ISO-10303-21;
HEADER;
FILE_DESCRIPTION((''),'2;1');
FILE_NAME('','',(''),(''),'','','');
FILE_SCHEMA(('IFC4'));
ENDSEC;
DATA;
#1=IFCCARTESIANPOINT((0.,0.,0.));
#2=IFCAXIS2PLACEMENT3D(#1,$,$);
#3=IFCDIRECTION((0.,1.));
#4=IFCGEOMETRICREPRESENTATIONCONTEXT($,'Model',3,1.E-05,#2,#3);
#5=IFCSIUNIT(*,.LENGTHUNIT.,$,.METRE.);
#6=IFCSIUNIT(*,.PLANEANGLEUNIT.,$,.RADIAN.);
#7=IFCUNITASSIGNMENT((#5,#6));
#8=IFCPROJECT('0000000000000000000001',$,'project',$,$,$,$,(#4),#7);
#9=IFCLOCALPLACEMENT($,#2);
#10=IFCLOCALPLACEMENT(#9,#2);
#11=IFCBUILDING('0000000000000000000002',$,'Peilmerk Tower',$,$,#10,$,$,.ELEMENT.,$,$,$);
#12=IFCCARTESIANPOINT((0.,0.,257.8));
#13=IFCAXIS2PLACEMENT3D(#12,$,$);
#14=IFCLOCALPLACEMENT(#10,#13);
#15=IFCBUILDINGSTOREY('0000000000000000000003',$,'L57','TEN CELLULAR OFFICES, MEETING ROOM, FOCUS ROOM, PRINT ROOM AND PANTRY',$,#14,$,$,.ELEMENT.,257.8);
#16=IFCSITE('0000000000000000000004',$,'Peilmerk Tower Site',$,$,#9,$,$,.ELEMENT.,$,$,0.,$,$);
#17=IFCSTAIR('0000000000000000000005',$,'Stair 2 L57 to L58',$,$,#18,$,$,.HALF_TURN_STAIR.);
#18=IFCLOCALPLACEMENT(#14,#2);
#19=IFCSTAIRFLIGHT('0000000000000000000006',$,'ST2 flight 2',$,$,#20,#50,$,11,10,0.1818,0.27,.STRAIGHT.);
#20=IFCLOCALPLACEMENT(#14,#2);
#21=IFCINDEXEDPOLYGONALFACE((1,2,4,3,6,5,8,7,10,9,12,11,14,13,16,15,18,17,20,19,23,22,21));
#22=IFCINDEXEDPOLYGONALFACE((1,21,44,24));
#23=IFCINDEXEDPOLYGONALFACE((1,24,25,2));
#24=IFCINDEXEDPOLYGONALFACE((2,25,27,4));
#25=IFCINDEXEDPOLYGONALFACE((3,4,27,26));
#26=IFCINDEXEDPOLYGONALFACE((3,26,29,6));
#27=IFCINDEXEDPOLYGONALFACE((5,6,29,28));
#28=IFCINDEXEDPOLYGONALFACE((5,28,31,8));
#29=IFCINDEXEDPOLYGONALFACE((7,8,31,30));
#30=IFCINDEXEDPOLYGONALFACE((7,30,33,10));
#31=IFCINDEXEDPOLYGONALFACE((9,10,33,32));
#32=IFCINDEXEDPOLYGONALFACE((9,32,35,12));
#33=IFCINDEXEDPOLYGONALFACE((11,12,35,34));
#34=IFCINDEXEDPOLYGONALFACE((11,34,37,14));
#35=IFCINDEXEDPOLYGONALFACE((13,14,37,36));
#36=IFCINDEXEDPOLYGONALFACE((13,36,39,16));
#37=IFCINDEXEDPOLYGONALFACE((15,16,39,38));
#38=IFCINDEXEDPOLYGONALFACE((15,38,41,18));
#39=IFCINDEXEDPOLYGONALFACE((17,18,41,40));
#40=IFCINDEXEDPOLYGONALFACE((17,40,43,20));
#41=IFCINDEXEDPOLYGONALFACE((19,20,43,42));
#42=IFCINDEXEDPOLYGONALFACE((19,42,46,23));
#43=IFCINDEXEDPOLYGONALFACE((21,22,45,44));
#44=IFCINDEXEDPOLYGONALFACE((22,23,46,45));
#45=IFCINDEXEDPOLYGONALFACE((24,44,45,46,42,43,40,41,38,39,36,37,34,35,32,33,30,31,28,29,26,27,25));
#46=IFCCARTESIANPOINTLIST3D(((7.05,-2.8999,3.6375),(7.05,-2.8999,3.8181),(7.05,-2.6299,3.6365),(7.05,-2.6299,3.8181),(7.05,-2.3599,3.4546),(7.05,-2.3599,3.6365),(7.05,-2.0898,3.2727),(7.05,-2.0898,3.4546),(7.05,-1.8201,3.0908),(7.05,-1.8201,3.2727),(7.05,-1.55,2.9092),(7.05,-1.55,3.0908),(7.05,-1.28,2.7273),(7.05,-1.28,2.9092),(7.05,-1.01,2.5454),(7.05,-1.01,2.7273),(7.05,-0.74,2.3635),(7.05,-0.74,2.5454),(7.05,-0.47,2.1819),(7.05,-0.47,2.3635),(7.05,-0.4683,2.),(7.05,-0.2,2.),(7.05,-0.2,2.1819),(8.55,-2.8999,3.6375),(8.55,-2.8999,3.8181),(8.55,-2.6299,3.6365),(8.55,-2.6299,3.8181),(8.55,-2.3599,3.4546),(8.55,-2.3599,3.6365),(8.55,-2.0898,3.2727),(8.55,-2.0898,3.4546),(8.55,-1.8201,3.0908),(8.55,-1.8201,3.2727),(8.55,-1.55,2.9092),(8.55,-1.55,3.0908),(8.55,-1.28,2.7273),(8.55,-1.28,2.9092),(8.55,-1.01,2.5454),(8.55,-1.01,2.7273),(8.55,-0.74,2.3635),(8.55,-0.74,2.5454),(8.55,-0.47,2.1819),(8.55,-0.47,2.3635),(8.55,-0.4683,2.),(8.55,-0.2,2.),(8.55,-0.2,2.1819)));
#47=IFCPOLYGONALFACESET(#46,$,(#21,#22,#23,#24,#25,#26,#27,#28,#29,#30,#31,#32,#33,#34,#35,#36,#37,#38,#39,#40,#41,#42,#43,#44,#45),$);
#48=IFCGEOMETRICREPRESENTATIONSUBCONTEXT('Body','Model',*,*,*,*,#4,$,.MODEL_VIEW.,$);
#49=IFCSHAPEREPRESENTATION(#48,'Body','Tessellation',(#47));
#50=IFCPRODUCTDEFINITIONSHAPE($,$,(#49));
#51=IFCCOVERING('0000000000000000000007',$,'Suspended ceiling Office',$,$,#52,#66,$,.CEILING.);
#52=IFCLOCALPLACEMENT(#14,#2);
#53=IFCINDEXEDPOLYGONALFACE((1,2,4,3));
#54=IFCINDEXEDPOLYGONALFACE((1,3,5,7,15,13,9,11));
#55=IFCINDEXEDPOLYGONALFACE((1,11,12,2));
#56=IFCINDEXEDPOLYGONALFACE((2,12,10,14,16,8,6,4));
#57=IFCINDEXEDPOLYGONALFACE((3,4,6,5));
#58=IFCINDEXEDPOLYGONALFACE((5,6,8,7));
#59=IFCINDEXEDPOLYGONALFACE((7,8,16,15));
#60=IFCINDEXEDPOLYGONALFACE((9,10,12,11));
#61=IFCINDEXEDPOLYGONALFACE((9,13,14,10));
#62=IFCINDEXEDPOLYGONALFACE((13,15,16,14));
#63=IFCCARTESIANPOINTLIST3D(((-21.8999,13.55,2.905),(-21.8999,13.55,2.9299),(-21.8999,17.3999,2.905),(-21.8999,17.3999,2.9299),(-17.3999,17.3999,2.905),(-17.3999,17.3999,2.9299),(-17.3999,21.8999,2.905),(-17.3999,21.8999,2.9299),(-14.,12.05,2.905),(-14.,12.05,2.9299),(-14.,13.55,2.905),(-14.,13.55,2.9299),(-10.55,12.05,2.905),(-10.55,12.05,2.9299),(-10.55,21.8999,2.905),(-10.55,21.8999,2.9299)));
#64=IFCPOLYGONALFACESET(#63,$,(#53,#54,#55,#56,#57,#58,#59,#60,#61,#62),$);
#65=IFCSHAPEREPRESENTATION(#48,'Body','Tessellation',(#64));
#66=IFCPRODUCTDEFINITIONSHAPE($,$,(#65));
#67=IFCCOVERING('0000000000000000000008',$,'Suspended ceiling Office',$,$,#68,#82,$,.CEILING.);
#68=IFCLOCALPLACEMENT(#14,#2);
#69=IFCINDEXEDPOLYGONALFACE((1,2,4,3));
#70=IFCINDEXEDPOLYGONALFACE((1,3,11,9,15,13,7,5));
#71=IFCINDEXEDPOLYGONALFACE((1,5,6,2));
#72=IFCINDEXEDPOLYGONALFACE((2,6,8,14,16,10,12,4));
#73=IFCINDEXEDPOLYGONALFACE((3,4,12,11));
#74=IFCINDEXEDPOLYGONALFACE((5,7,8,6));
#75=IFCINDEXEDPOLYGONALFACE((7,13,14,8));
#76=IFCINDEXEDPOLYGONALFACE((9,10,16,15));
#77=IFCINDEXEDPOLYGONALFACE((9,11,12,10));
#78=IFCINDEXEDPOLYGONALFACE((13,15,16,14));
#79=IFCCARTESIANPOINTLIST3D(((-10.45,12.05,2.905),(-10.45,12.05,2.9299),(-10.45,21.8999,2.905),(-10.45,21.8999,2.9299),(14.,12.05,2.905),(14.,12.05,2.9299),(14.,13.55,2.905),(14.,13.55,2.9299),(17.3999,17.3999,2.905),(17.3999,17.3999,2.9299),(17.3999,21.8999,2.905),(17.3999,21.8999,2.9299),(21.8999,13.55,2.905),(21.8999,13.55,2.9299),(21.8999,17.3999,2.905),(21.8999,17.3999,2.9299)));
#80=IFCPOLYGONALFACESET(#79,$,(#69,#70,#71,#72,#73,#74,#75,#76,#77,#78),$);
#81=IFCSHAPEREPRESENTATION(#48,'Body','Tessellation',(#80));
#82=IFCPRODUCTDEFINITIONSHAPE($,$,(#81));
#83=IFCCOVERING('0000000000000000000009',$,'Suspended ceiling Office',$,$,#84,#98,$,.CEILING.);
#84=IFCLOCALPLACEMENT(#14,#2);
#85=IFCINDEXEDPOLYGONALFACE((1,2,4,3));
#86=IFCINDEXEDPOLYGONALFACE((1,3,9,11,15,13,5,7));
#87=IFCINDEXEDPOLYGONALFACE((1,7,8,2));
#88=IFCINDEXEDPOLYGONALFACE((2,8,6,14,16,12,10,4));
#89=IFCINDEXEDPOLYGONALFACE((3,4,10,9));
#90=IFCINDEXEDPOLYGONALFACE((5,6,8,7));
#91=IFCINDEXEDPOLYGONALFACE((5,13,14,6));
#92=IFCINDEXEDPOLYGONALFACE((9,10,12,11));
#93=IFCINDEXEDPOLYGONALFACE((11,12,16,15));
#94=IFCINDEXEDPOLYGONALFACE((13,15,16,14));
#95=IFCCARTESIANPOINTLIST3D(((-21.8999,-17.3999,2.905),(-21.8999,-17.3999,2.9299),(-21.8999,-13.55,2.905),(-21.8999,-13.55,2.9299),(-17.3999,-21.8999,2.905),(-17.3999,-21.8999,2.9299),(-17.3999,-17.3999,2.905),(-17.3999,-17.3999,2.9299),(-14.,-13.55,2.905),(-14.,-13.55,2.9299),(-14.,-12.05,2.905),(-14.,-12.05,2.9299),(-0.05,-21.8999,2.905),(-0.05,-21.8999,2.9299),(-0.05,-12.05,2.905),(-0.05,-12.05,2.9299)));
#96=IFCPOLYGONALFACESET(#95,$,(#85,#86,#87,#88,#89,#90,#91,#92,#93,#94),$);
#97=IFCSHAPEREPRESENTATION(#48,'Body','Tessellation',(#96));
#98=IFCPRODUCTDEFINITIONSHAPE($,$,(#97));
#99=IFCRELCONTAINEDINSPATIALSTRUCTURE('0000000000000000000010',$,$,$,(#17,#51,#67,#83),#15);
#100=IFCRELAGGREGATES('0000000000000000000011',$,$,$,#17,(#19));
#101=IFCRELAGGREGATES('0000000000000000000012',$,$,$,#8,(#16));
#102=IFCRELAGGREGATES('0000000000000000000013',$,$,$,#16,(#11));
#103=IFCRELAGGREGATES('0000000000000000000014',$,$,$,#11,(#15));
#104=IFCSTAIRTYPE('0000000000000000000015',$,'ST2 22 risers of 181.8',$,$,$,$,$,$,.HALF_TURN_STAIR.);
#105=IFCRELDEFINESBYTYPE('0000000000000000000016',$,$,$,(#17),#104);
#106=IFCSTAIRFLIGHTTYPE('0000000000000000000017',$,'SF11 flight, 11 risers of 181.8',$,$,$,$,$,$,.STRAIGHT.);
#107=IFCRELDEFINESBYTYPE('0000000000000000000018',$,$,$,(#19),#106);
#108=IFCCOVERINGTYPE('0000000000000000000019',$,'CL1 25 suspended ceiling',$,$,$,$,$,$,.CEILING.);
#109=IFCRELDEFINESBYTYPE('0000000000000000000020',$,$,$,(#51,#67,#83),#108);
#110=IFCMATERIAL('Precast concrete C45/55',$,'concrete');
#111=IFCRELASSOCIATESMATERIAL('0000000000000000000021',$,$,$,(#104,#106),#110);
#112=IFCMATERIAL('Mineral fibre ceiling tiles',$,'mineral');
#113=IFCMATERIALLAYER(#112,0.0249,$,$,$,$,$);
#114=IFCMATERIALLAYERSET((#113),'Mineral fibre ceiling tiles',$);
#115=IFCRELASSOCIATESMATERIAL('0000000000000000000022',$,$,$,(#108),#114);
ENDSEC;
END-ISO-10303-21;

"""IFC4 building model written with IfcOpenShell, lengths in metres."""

from ifc_helpers import new_model, si_unit, direction, frame, origin, place, context, subcontext, project, spatial, polyline, outline, extrude, material, layer, layer_set, type_object, element, aggregate, save


model = new_model("IFC4")

# Units and contexts
model_context = context("Model", 3, precision=1e-05, world=origin(), true_north=direction((0.0, 1.0)))
body_context = subcontext(model_context, "Body", "Model", "MODEL_VIEW")
ifc_project = project(units=[si_unit("LENGTHUNIT", "METRE"), si_unit("PLANEANGLEUNIT", "RADIAN")], contexts=[model_context])

# Site, building, storey
site_placement = place(None, origin())
site = spatial("IfcSite", under=ifc_project, at=site_placement, Name="Peilmerk Tower Site", CompositionType="ELEMENT", RefElevation=0.0)
building_placement = place(site_placement, origin())
building = spatial("IfcBuilding", under=site, at=building_placement, Name="Peilmerk Tower", CompositionType="ELEMENT")
storey_placement = place(building_placement, frame((0.0, 0.0, 257.8)))
storey = spatial("IfcBuildingStorey", under=building, at=storey_placement, Name="L57", Description="TEN CELLULAR OFFICES, MEETING ROOM, FOCUS ROOM, PRINT ROOM AND PANTRY", CompositionType="ELEMENT", Elevation=257.8)

# Stair
ifc_material_1 = material(Name="Precast concrete C45/55", Category="concrete")
stair_type_1 = type_object("IfcStairType", Name="ST2 22 risers of 181.8", PredefinedType="HALF_TURN_STAIR", material=ifc_material_1)
stair_1_placement = place(storey_placement, origin())
stair_1 = element("IfcStair", 1, at=stair_1_placement, inside=storey, type_object=stair_type_1, Name="Stair 2 L57 to L58", PredefinedType="HALF_TURN_STAIR")

# Stair flight
stair_flight_type = type_object("IfcStairFlightType", Name="SF11 flight, 11 risers of 181.8", PredefinedType="STRAIGHT", material=ifc_material_1)
stair_flight_1_placement = place(storey_placement, frame((7.8, -0.2, 2.0), z_axis=(0.0, 0.0, 1.0), x_axis=(0.0, -1.0, 0.0)))
stair_flight_1 = element("IfcStairFlight", 2, at=stair_flight_1_placement, type_object=stair_flight_type, Name="ST2 flight 2", NumberOfRisers=11, NumberOfTreads=10, PredefinedType="STRAIGHT", RiserHeight=0.1818, TreadLength=0.27, context=body_context, shape_type="SweptSolid", body=[
    extrude(outline(polyline([(0.0, 0.0), (0.0, 0.1819), (0.27, 0.1819), (0.27, 0.3635), (0.54, 0.3635), (0.54, 0.5454), (0.8101, 0.5454), (0.8101, 0.7273), (1.0801, 0.7273), (1.0801, 0.9092), (1.3501, 0.9092), (1.3501, 1.0908), (1.6201, 1.0908), (1.6201, 1.2727), (1.8899, 1.2727), (1.8899, 1.4546), (2.1599, 1.4546), (2.1599, 1.6365), (2.4299, 1.6365), (2.4299, 1.8181), (2.7, 1.8181), (2.7, 2.0), (2.7, 1.6375), (0.2683, 0.0), (0.0, 0.0)])), frame((0.0, 0.75, 0.0), z_axis=(0.0, -1.0, 0.0), x_axis=(1.0, 0.0, 0.0)), (0.0, 0.0, 1.0), 1.5),
])
aggregate(stair_1, [stair_flight_1])

# Coverings
ifc_material_2 = material(Name="Mineral fibre ceiling tiles", Category="mineral")
ifc_layer_1 = layer(ifc_material_2, 0.0249)
ifc_layer_set_1 = layer_set([ifc_layer_1], Name="Mineral fibre ceiling tiles")
covering_type = type_object("IfcCoveringType", Name="CL1 25 suspended ceiling", PredefinedType="CEILING", material=ifc_layer_set_1)
covering_1_placement = place(storey_placement, frame((0.0, 0.0, 2.905)))
element("IfcCovering", 3, at=covering_1_placement, inside=storey, type_object=covering_type, Name="Suspended ceiling Office", PredefinedType="CEILING", context=body_context, shape_type="SweptSolid", body=[
    extrude(outline(polyline([(-21.8999, 17.3999), (-21.8999, 13.55), (-14.0, 13.55), (-14.0, 12.05), (-10.55, 12.05), (-10.55, 21.8999), (-17.3999, 21.8999), (-17.3999, 17.3999), (-21.8999, 17.3999)])), origin(), (0.0, 0.0, 1.0), 0.0249),
])
covering_2_placement = place(storey_placement, frame((0.0, 0.0, 2.905)))
element("IfcCovering", 4, at=covering_2_placement, inside=storey, type_object=covering_type, Name="Suspended ceiling Office", PredefinedType="CEILING", context=body_context, shape_type="SweptSolid", body=[
    extrude(outline(polyline([(17.3999, 21.8999), (-10.45, 21.8999), (-10.45, 12.05), (14.0, 12.05), (14.0, 13.55), (21.8999, 13.55), (21.8999, 17.3999), (17.3999, 17.3999), (17.3999, 21.8999)])), origin(), (0.0, 0.0, 1.0), 0.0249),
])
covering_3_placement = place(storey_placement, frame((0.0, 0.0, 2.905)))
element("IfcCovering", 5, at=covering_3_placement, inside=storey, type_object=covering_type, Name="Suspended ceiling Office", PredefinedType="CEILING", context=body_context, shape_type="SweptSolid", body=[
    extrude(outline(polyline([(-17.3999, -21.8999), (-0.05, -21.8999), (-0.05, -12.05), (-14.0, -12.05), (-14.0, -13.55), (-21.8999, -13.55), (-21.8999, -17.3999), (-17.3999, -17.3999), (-17.3999, -21.8999)])), origin(), (0.0, 0.0, 1.0), 0.0249),
])

save(model, "model.ifc")
